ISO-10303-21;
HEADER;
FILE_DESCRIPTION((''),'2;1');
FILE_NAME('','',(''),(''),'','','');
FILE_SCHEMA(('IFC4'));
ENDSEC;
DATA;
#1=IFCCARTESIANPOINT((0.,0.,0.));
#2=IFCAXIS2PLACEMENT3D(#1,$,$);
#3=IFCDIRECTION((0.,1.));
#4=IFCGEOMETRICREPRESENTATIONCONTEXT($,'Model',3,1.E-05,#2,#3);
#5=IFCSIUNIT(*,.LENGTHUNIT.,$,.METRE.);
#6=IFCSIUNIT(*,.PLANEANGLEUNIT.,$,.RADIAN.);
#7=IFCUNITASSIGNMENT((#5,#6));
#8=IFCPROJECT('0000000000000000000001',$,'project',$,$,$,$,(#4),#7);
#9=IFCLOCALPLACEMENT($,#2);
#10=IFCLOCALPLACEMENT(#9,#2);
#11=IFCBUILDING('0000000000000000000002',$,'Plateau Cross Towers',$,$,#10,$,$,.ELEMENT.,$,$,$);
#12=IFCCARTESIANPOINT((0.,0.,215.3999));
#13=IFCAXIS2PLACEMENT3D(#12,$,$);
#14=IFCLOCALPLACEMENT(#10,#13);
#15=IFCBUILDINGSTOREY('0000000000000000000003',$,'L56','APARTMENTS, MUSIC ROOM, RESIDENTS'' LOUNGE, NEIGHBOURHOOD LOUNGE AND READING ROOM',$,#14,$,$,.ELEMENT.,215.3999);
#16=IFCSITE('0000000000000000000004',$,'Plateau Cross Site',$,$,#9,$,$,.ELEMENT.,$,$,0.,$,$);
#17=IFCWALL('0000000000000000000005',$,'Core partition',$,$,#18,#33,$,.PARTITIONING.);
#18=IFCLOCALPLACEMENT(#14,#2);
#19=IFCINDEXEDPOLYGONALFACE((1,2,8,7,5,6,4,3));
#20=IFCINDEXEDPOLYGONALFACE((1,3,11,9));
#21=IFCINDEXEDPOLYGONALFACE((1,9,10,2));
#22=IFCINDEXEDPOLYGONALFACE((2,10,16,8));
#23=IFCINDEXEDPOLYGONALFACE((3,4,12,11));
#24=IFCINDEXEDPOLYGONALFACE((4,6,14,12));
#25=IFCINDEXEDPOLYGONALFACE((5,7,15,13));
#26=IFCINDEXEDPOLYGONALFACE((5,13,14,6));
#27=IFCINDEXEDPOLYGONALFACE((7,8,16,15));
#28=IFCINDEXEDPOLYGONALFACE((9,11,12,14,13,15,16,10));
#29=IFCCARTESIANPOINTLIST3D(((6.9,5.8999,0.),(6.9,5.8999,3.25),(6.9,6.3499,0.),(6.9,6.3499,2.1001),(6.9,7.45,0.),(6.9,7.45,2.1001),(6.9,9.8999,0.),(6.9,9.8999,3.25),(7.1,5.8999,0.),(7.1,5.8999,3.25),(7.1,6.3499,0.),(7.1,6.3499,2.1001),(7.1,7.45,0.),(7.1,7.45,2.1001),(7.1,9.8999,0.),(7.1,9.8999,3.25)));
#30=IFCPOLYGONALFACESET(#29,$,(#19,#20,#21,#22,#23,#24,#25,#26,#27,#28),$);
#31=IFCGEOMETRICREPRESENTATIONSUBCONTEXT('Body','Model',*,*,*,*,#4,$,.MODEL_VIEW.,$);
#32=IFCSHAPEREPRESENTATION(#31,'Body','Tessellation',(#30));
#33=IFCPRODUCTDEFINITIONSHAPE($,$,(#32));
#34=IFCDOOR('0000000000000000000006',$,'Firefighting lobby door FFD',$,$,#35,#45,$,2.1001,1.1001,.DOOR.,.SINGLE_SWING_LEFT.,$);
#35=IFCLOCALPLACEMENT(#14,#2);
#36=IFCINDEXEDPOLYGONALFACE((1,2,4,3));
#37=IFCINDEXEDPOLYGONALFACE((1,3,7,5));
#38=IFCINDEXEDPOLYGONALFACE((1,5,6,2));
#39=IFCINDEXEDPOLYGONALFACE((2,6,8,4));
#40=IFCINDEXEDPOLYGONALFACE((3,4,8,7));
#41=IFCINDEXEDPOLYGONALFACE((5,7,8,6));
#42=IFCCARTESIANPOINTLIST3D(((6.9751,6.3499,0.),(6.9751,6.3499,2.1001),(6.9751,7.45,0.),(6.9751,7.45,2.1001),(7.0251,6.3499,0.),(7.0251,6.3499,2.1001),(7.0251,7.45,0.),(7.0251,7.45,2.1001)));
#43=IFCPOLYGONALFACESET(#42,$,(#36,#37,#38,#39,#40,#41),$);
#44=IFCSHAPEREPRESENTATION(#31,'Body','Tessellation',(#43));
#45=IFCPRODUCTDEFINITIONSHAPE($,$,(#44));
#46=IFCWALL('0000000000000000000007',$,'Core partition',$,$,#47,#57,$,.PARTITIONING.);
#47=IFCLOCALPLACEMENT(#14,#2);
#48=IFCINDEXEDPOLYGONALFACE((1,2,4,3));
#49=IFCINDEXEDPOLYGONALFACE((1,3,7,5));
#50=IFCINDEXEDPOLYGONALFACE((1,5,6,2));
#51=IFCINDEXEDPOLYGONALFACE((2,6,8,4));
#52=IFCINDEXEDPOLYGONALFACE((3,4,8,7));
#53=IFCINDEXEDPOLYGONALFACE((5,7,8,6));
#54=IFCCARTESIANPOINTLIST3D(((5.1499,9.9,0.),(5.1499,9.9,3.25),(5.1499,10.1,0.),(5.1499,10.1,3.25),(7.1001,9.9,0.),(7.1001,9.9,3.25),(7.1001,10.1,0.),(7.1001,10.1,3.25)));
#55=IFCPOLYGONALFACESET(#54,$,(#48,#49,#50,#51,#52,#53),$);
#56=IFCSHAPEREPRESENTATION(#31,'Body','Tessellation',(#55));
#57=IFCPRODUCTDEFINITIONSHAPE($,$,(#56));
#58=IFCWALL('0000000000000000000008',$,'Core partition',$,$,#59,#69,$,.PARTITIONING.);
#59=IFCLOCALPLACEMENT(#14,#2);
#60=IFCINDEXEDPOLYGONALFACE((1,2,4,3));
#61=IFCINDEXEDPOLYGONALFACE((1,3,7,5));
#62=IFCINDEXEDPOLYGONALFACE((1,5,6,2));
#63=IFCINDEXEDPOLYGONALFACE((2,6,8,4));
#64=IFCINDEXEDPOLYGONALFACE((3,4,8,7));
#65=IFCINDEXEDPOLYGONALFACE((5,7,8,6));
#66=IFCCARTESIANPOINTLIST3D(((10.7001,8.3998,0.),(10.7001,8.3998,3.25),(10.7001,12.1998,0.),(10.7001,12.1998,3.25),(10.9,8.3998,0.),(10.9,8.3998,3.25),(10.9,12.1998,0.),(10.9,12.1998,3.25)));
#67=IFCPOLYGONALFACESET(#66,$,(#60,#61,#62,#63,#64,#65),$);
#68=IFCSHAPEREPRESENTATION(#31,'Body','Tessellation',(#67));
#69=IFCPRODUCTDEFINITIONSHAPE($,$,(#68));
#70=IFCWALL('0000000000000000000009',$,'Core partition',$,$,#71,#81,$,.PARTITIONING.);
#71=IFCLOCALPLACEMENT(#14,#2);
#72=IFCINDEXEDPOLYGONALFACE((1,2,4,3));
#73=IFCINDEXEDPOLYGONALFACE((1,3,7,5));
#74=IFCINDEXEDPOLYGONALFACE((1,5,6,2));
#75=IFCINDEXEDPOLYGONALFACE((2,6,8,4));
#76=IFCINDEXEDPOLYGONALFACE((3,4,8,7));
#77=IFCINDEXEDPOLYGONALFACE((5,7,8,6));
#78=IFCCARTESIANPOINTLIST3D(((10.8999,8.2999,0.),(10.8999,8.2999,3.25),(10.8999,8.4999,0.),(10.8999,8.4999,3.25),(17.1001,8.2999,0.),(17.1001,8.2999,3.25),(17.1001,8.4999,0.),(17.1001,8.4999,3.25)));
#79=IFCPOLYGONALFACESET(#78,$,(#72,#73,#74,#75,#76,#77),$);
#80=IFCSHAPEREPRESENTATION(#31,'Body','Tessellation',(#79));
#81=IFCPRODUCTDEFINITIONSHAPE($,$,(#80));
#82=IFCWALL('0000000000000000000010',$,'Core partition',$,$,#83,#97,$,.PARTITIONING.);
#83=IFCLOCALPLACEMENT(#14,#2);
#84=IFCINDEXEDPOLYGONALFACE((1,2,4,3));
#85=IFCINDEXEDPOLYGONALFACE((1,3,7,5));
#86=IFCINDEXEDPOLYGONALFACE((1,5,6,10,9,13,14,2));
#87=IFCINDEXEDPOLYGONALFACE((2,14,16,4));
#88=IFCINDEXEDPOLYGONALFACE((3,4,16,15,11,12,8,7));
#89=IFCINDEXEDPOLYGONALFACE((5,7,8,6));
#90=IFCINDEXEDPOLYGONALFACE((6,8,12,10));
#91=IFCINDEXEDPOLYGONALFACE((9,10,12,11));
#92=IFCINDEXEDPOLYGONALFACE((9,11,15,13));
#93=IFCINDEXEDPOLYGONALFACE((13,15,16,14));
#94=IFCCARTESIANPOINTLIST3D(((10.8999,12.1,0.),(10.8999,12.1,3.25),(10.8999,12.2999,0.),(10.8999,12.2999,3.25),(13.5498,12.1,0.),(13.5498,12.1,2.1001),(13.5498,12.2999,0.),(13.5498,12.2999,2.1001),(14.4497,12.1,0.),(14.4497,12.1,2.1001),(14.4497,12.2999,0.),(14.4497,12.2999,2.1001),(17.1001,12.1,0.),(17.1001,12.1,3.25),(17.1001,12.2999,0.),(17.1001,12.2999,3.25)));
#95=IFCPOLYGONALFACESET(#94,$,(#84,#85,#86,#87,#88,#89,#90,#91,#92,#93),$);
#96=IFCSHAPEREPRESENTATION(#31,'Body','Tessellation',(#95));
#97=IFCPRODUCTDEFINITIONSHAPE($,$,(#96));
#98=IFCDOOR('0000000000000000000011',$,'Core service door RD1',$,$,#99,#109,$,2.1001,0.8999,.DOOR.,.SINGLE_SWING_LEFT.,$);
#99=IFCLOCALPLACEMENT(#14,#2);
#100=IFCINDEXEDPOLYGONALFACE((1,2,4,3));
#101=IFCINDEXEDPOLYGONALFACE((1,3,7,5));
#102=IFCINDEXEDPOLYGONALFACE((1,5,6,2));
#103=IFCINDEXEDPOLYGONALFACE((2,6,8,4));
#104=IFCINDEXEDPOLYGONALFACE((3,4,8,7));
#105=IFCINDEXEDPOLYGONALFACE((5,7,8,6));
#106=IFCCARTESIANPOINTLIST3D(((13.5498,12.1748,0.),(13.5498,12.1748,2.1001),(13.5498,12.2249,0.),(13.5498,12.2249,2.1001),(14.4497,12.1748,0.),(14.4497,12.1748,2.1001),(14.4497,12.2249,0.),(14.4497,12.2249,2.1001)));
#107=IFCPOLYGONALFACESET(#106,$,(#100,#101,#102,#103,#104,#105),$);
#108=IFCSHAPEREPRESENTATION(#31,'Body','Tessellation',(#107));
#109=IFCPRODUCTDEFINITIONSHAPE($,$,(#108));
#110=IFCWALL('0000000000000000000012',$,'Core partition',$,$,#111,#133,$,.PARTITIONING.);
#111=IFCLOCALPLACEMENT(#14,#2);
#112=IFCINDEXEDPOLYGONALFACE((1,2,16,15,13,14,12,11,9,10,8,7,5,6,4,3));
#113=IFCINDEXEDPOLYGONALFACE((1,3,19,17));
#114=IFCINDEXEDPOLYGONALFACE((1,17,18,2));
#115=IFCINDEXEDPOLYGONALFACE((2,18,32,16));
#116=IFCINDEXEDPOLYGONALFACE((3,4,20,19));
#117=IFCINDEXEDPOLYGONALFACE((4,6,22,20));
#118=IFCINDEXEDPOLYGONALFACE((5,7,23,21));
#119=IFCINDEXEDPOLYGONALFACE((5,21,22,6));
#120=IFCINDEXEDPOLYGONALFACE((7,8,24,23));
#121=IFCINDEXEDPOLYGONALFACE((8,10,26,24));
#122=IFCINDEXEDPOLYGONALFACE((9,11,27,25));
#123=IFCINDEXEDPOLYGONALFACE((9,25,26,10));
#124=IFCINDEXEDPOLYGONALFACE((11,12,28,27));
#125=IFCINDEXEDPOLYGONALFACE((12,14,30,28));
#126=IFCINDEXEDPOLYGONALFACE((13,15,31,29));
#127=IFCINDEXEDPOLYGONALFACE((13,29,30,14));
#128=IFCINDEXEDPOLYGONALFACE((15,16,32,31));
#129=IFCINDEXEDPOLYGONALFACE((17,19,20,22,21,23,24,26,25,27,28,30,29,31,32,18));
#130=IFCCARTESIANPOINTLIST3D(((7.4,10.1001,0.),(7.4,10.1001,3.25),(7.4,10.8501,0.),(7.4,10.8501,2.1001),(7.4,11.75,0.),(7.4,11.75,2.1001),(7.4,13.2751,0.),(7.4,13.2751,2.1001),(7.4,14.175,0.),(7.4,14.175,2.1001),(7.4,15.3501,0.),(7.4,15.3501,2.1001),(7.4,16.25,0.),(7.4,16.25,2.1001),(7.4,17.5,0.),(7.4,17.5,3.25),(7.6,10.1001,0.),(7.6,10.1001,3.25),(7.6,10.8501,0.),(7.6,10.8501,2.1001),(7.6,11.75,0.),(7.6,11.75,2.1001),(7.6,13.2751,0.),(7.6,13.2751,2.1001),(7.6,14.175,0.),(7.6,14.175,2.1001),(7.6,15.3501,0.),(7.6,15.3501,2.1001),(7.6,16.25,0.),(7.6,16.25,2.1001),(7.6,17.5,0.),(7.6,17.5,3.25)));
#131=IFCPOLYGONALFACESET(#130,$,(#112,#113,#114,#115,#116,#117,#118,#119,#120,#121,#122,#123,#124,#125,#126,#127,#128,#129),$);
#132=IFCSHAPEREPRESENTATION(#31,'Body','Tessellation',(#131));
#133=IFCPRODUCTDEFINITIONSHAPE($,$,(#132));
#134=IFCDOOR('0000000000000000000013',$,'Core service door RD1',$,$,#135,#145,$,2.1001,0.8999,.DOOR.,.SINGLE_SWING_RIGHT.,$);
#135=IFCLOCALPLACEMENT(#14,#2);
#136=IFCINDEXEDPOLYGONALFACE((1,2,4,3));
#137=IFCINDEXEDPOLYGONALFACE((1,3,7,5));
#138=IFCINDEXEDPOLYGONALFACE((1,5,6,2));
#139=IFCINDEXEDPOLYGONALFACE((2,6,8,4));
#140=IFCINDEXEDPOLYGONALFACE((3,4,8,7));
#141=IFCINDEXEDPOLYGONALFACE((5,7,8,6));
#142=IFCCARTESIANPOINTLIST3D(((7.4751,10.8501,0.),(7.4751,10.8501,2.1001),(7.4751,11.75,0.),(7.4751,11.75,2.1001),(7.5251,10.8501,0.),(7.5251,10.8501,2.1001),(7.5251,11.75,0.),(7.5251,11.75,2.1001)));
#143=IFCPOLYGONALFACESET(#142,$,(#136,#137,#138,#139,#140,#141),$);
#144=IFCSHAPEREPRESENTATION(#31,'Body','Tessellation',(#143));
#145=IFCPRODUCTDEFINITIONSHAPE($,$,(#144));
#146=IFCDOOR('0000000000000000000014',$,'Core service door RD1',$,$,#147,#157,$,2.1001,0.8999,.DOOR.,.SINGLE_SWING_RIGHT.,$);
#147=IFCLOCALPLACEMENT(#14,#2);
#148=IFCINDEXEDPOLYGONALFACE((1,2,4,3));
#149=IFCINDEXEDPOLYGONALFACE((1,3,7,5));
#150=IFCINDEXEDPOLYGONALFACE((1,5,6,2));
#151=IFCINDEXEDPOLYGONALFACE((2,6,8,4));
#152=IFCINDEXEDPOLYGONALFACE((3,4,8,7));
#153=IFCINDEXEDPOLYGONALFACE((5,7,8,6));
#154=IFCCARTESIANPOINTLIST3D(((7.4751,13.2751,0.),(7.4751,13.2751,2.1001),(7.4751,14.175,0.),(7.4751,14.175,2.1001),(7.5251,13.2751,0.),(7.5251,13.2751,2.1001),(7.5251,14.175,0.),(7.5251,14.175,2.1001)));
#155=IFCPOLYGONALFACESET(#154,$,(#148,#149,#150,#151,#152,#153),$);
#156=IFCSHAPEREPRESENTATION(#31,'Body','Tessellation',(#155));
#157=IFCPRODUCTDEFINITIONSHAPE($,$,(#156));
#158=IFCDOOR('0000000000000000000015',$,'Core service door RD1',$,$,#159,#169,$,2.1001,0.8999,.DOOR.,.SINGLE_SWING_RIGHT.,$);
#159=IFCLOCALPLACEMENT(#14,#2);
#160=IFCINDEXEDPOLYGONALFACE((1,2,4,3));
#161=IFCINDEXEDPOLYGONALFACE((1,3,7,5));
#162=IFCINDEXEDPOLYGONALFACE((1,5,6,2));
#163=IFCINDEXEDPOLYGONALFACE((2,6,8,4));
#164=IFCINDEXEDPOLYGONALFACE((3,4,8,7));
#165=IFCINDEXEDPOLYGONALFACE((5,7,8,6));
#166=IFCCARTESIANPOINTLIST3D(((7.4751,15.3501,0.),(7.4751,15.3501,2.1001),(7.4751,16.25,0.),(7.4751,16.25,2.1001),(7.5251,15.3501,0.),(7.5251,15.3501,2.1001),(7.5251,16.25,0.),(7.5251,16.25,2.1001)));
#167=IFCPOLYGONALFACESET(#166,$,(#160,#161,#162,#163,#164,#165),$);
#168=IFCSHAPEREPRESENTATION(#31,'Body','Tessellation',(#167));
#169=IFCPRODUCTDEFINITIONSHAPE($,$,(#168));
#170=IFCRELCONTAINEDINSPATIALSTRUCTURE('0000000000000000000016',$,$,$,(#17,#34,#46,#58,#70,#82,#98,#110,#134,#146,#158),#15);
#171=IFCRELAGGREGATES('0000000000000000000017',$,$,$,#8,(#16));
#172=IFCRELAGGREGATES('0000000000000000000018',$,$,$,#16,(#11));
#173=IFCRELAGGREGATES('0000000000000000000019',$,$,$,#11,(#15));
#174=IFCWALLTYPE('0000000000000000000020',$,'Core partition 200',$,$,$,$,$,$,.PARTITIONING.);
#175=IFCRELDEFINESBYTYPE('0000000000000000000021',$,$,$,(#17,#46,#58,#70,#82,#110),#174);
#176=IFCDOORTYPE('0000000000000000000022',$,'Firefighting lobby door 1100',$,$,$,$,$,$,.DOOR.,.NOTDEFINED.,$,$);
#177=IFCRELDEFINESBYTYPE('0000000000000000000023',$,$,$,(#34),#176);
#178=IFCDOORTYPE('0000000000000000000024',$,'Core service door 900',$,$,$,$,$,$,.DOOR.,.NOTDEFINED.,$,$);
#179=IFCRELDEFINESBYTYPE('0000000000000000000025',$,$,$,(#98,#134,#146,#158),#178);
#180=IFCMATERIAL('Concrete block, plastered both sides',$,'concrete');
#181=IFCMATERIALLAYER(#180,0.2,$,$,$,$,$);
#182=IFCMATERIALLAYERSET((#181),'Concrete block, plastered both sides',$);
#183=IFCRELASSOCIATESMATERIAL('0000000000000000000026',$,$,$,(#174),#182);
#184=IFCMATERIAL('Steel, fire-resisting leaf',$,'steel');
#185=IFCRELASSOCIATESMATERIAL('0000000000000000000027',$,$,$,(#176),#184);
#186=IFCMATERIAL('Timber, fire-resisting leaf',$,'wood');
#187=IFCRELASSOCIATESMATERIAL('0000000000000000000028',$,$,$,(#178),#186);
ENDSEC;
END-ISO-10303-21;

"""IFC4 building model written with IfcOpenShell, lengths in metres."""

from ifc_helpers import new_model, si_unit, direction, frame, frame_2d, origin, place, context, subcontext, project, spatial, rectangle, extrude, material, layer, layer_set, type_object, element, fill, save


model = new_model("IFC4")

# Units and contexts
model_context = context("Model", 3, precision=1e-05, world=origin(), true_north=direction((0.0, 1.0)))
body_context = subcontext(model_context, "Body", "Model", "MODEL_VIEW")
ifc_project = project(units=[si_unit("LENGTHUNIT", "METRE"), si_unit("PLANEANGLEUNIT", "RADIAN")], contexts=[model_context])

# Site, building, storey
site_placement = place(None, origin())
site = spatial("IfcSite", under=ifc_project, at=site_placement, Name="Plateau Cross Site", CompositionType="ELEMENT", RefElevation=0.0)
building_placement = place(site_placement, origin())
building = spatial("IfcBuilding", under=site, at=building_placement, Name="Plateau Cross Towers", CompositionType="ELEMENT")
storey_placement = place(building_placement, frame((0.0, 0.0, 215.3999)))
storey = spatial("IfcBuildingStorey", under=building, at=storey_placement, Name="L56", Description="APARTMENTS, MUSIC ROOM, RESIDENTS' LOUNGE, NEIGHBOURHOOD LOUNGE AND READING ROOM", CompositionType="ELEMENT", Elevation=215.3999)

# Wall, opening, door
ifc_material_1 = material(Name="Concrete block, plastered both sides", Category="concrete")
ifc_layer = layer(ifc_material_1, 0.2)
ifc_layer_set = layer_set([ifc_layer], Name="Concrete block, plastered both sides")
wall_type = type_object("IfcWallType", Name="Core partition 200", PredefinedType="PARTITIONING", material=ifc_layer_set)
wall_1_placement = place(storey_placement, frame((7.0, 5.8999, 0.0), z_axis=(0.0, 0.0, 1.0), x_axis=(0.0, 1.0, 0.0)))
wall_1 = element("IfcWall", 1, at=wall_1_placement, inside=storey, type_object=wall_type, Name="Core partition", PredefinedType="PARTITIONING", context=body_context, shape_type="SweptSolid", body=[
    extrude(rectangle(XDim=4.0, YDim=0.2, at=frame_2d((2.0, 0.0))), origin(), (0.0, 0.0, 1.0), 3.25),
])
opening_1_placement = place(wall_1_placement, frame((0.45, 0.0, 0.0)))
opening_1 = element("IfcOpeningElement", 2, at=opening_1_placement, cuts=wall_1, PredefinedType="OPENING", context=body_context, shape_type="SweptSolid", body=[
    extrude(rectangle(XDim=1.1001, YDim=2.1001, at=frame_2d((0.55, 1.05))), frame((0.0, 0.1099, 0.0), z_axis=(0.0, -1.0, 0.0), x_axis=(1.0, 0.0, 0.0)), (0.0, 0.0, 1.0), 0.22),
])
ifc_material_2 = material(Name="Steel, fire-resisting leaf", Category="steel")
door_type_1 = type_object("IfcDoorType", Name="Firefighting lobby door 1100", OperationType="NOTDEFINED", PredefinedType="DOOR", material=ifc_material_2)
door_1_placement = place(opening_1_placement, origin())
door_1 = element("IfcDoor", 3, at=door_1_placement, inside=storey, type_object=door_type_1, Name="Firefighting lobby door FFD", OperationType="SINGLE_SWING_LEFT", OverallHeight=2.1001, OverallWidth=1.1001, PredefinedType="DOOR", context=body_context, shape_type="SweptSolid", body=[
    extrude(rectangle(XDim=1.1001, YDim=2.1001, at=frame_2d((0.55, 1.05))), frame((0.0, 0.0249, 0.0), z_axis=(0.0, -1.0, 0.0), x_axis=(1.0, 0.0, 0.0)), (0.0, 0.0, 1.0), 0.05),
])
fill(opening_1, door_1)

# Walls
wall_2_placement = place(storey_placement, frame((5.1499, 10.0, 0.0), z_axis=(0.0, 0.0, 1.0), x_axis=(1.0, 0.0, 0.0)))
element("IfcWall", 4, at=wall_2_placement, inside=storey, type_object=wall_type, Name="Core partition", PredefinedType="PARTITIONING", context=body_context, shape_type="SweptSolid", body=[
    extrude(rectangle(XDim=1.9502, YDim=0.2, at=frame_2d((0.9751, 0.0))), origin(), (0.0, 0.0, 1.0), 3.25),
])
wall_3_placement = place(storey_placement, frame((10.8, 8.3999, 0.0), z_axis=(0.0, 0.0, 1.0), x_axis=(0.0, 1.0, 0.0)))
element("IfcWall", 5, at=wall_3_placement, inside=storey, type_object=wall_type, Name="Core partition", PredefinedType="PARTITIONING", context=body_context, shape_type="SweptSolid", body=[
    extrude(rectangle(XDim=3.8, YDim=0.2, at=frame_2d((1.8999, 0.0))), origin(), (0.0, 0.0, 1.0), 3.25),
])
wall_4_placement = place(storey_placement, frame((10.8999, 8.3999, 0.0), z_axis=(0.0, 0.0, 1.0), x_axis=(1.0, 0.0, 0.0)))
element("IfcWall", 6, at=wall_4_placement, inside=storey, type_object=wall_type, Name="Core partition", PredefinedType="PARTITIONING", context=body_context, shape_type="SweptSolid", body=[
    extrude(rectangle(XDim=6.2002, YDim=0.2, at=frame_2d((3.1001, 0.0))), origin(), (0.0, 0.0, 1.0), 3.25),
])

# Wall, opening, door
wall_5_placement = place(storey_placement, frame((10.8999, 12.2, 0.0), z_axis=(0.0, 0.0, 1.0), x_axis=(1.0, 0.0, 0.0)))
wall_5 = element("IfcWall", 7, at=wall_5_placement, inside=storey, type_object=wall_type, Name="Core partition", PredefinedType="PARTITIONING", context=body_context, shape_type="SweptSolid", body=[
    extrude(rectangle(XDim=6.2002, YDim=0.2, at=frame_2d((3.1001, 0.0))), origin(), (0.0, 0.0, 1.0), 3.25),
])
opening_2_placement = place(wall_5_placement, frame((2.6499, 0.0, 0.0)))
opening_2 = element("IfcOpeningElement", 8, at=opening_2_placement, cuts=wall_5, PredefinedType="OPENING", context=body_context, shape_type="SweptSolid", body=[
    extrude(rectangle(XDim=0.8999, YDim=2.1001, at=frame_2d((0.45, 1.05))), frame((0.0, 0.1099, 0.0), z_axis=(0.0, -1.0, 0.0), x_axis=(1.0, 0.0, 0.0)), (0.0, 0.0, 1.0), 0.22),
])
ifc_material_3 = material(Name="Timber, fire-resisting leaf", Category="wood")
door_type_2 = type_object("IfcDoorType", Name="Core service door 900", OperationType="NOTDEFINED", PredefinedType="DOOR", material=ifc_material_3)
door_2_placement = place(opening_2_placement, origin())
door_2 = element("IfcDoor", 9, at=door_2_placement, inside=storey, type_object=door_type_2, Name="Core service door RD1", OperationType="SINGLE_SWING_LEFT", OverallHeight=2.1001, OverallWidth=0.8999, PredefinedType="DOOR", context=body_context, shape_type="SweptSolid", body=[
    extrude(rectangle(XDim=0.8999, YDim=2.1001, at=frame_2d((0.45, 1.05))), frame((0.0, 0.0249, 0.0), z_axis=(0.0, -1.0, 0.0), x_axis=(1.0, 0.0, 0.0)), (0.0, 0.0, 1.0), 0.05),
])
fill(opening_2, door_2)

# Wall, openings, doors
wall_6_placement = place(storey_placement, frame((7.5, 10.1001, 0.0), z_axis=(0.0, 0.0, 1.0), x_axis=(0.0, 1.0, 0.0)))
wall_6 = element("IfcWall", 10, at=wall_6_placement, inside=storey, type_object=wall_type, Name="Core partition", PredefinedType="PARTITIONING", context=body_context, shape_type="SweptSolid", body=[
    extrude(rectangle(XDim=7.3999, YDim=0.2, at=frame_2d((3.7, 0.0))), origin(), (0.0, 0.0, 1.0), 3.25),
])
opening_3_placement = place(wall_6_placement, frame((0.75, 0.0, 0.0)))
opening_3 = element("IfcOpeningElement", 11, at=opening_3_placement, cuts=wall_6, PredefinedType="OPENING", context=body_context, shape_type="SweptSolid", body=[
    extrude(rectangle(XDim=0.8999, YDim=2.1001, at=frame_2d((0.45, 1.05))), frame((0.0, 0.1099, 0.0), z_axis=(0.0, -1.0, 0.0), x_axis=(1.0, 0.0, 0.0)), (0.0, 0.0, 1.0), 0.22),
])
opening_4_placement = place(wall_6_placement, frame((3.175, 0.0, 0.0)))
opening_4 = element("IfcOpeningElement", 12, at=opening_4_placement, cuts=wall_6, PredefinedType="OPENING", context=body_context, shape_type="SweptSolid", body=[
    extrude(rectangle(XDim=0.8999, YDim=2.1001, at=frame_2d((0.45, 1.05))), frame((0.0, 0.1099, 0.0), z_axis=(0.0, -1.0, 0.0), x_axis=(1.0, 0.0, 0.0)), (0.0, 0.0, 1.0), 0.22),
])
opening_5_placement = place(wall_6_placement, frame((5.25, 0.0, 0.0)))
opening_5 = element("IfcOpeningElement", 13, at=opening_5_placement, cuts=wall_6, PredefinedType="OPENING", context=body_context, shape_type="SweptSolid", body=[
    extrude(rectangle(XDim=0.8999, YDim=2.1001, at=frame_2d((0.45, 1.05))), frame((0.0, 0.1099, 0.0), z_axis=(0.0, -1.0, 0.0), x_axis=(1.0, 0.0, 0.0)), (0.0, 0.0, 1.0), 0.22),
])
door_3_placement = place(opening_3_placement, origin())
door_3 = element("IfcDoor", 14, at=door_3_placement, inside=storey, type_object=door_type_2, Name="Core service door RD1", OperationType="SINGLE_SWING_RIGHT", OverallHeight=2.1001, OverallWidth=0.8999, PredefinedType="DOOR", context=body_context, shape_type="SweptSolid", body=[
    extrude(rectangle(XDim=0.8999, YDim=2.1001, at=frame_2d((0.45, 1.05))), frame((0.0, 0.0249, 0.0), z_axis=(0.0, -1.0, 0.0), x_axis=(1.0, 0.0, 0.0)), (0.0, 0.0, 1.0), 0.05),
])
fill(opening_3, door_3)
door_4_placement = place(opening_4_placement, origin())
door_4 = element("IfcDoor", 15, at=door_4_placement, inside=storey, type_object=door_type_2, Name="Core service door RD1", OperationType="SINGLE_SWING_RIGHT", OverallHeight=2.1001, OverallWidth=0.8999, PredefinedType="DOOR", context=body_context, shape_type="SweptSolid", body=[
    extrude(rectangle(XDim=0.8999, YDim=2.1001, at=frame_2d((0.45, 1.05))), frame((0.0, 0.0249, 0.0), z_axis=(0.0, -1.0, 0.0), x_axis=(1.0, 0.0, 0.0)), (0.0, 0.0, 1.0), 0.05),
])
fill(opening_4, door_4)
door_5_placement = place(opening_5_placement, origin())
door_5 = element("IfcDoor", 16, at=door_5_placement, inside=storey, type_object=door_type_2, Name="Core service door RD1", OperationType="SINGLE_SWING_RIGHT", OverallHeight=2.1001, OverallWidth=0.8999, PredefinedType="DOOR", context=body_context, shape_type="SweptSolid", body=[
    extrude(rectangle(XDim=0.8999, YDim=2.1001, at=frame_2d((0.45, 1.05))), frame((0.0, 0.0249, 0.0), z_axis=(0.0, -1.0, 0.0), x_axis=(1.0, 0.0, 0.0)), (0.0, 0.0, 1.0), 0.05),
])
fill(opening_5, door_5)

save(model, "model.ifc")
